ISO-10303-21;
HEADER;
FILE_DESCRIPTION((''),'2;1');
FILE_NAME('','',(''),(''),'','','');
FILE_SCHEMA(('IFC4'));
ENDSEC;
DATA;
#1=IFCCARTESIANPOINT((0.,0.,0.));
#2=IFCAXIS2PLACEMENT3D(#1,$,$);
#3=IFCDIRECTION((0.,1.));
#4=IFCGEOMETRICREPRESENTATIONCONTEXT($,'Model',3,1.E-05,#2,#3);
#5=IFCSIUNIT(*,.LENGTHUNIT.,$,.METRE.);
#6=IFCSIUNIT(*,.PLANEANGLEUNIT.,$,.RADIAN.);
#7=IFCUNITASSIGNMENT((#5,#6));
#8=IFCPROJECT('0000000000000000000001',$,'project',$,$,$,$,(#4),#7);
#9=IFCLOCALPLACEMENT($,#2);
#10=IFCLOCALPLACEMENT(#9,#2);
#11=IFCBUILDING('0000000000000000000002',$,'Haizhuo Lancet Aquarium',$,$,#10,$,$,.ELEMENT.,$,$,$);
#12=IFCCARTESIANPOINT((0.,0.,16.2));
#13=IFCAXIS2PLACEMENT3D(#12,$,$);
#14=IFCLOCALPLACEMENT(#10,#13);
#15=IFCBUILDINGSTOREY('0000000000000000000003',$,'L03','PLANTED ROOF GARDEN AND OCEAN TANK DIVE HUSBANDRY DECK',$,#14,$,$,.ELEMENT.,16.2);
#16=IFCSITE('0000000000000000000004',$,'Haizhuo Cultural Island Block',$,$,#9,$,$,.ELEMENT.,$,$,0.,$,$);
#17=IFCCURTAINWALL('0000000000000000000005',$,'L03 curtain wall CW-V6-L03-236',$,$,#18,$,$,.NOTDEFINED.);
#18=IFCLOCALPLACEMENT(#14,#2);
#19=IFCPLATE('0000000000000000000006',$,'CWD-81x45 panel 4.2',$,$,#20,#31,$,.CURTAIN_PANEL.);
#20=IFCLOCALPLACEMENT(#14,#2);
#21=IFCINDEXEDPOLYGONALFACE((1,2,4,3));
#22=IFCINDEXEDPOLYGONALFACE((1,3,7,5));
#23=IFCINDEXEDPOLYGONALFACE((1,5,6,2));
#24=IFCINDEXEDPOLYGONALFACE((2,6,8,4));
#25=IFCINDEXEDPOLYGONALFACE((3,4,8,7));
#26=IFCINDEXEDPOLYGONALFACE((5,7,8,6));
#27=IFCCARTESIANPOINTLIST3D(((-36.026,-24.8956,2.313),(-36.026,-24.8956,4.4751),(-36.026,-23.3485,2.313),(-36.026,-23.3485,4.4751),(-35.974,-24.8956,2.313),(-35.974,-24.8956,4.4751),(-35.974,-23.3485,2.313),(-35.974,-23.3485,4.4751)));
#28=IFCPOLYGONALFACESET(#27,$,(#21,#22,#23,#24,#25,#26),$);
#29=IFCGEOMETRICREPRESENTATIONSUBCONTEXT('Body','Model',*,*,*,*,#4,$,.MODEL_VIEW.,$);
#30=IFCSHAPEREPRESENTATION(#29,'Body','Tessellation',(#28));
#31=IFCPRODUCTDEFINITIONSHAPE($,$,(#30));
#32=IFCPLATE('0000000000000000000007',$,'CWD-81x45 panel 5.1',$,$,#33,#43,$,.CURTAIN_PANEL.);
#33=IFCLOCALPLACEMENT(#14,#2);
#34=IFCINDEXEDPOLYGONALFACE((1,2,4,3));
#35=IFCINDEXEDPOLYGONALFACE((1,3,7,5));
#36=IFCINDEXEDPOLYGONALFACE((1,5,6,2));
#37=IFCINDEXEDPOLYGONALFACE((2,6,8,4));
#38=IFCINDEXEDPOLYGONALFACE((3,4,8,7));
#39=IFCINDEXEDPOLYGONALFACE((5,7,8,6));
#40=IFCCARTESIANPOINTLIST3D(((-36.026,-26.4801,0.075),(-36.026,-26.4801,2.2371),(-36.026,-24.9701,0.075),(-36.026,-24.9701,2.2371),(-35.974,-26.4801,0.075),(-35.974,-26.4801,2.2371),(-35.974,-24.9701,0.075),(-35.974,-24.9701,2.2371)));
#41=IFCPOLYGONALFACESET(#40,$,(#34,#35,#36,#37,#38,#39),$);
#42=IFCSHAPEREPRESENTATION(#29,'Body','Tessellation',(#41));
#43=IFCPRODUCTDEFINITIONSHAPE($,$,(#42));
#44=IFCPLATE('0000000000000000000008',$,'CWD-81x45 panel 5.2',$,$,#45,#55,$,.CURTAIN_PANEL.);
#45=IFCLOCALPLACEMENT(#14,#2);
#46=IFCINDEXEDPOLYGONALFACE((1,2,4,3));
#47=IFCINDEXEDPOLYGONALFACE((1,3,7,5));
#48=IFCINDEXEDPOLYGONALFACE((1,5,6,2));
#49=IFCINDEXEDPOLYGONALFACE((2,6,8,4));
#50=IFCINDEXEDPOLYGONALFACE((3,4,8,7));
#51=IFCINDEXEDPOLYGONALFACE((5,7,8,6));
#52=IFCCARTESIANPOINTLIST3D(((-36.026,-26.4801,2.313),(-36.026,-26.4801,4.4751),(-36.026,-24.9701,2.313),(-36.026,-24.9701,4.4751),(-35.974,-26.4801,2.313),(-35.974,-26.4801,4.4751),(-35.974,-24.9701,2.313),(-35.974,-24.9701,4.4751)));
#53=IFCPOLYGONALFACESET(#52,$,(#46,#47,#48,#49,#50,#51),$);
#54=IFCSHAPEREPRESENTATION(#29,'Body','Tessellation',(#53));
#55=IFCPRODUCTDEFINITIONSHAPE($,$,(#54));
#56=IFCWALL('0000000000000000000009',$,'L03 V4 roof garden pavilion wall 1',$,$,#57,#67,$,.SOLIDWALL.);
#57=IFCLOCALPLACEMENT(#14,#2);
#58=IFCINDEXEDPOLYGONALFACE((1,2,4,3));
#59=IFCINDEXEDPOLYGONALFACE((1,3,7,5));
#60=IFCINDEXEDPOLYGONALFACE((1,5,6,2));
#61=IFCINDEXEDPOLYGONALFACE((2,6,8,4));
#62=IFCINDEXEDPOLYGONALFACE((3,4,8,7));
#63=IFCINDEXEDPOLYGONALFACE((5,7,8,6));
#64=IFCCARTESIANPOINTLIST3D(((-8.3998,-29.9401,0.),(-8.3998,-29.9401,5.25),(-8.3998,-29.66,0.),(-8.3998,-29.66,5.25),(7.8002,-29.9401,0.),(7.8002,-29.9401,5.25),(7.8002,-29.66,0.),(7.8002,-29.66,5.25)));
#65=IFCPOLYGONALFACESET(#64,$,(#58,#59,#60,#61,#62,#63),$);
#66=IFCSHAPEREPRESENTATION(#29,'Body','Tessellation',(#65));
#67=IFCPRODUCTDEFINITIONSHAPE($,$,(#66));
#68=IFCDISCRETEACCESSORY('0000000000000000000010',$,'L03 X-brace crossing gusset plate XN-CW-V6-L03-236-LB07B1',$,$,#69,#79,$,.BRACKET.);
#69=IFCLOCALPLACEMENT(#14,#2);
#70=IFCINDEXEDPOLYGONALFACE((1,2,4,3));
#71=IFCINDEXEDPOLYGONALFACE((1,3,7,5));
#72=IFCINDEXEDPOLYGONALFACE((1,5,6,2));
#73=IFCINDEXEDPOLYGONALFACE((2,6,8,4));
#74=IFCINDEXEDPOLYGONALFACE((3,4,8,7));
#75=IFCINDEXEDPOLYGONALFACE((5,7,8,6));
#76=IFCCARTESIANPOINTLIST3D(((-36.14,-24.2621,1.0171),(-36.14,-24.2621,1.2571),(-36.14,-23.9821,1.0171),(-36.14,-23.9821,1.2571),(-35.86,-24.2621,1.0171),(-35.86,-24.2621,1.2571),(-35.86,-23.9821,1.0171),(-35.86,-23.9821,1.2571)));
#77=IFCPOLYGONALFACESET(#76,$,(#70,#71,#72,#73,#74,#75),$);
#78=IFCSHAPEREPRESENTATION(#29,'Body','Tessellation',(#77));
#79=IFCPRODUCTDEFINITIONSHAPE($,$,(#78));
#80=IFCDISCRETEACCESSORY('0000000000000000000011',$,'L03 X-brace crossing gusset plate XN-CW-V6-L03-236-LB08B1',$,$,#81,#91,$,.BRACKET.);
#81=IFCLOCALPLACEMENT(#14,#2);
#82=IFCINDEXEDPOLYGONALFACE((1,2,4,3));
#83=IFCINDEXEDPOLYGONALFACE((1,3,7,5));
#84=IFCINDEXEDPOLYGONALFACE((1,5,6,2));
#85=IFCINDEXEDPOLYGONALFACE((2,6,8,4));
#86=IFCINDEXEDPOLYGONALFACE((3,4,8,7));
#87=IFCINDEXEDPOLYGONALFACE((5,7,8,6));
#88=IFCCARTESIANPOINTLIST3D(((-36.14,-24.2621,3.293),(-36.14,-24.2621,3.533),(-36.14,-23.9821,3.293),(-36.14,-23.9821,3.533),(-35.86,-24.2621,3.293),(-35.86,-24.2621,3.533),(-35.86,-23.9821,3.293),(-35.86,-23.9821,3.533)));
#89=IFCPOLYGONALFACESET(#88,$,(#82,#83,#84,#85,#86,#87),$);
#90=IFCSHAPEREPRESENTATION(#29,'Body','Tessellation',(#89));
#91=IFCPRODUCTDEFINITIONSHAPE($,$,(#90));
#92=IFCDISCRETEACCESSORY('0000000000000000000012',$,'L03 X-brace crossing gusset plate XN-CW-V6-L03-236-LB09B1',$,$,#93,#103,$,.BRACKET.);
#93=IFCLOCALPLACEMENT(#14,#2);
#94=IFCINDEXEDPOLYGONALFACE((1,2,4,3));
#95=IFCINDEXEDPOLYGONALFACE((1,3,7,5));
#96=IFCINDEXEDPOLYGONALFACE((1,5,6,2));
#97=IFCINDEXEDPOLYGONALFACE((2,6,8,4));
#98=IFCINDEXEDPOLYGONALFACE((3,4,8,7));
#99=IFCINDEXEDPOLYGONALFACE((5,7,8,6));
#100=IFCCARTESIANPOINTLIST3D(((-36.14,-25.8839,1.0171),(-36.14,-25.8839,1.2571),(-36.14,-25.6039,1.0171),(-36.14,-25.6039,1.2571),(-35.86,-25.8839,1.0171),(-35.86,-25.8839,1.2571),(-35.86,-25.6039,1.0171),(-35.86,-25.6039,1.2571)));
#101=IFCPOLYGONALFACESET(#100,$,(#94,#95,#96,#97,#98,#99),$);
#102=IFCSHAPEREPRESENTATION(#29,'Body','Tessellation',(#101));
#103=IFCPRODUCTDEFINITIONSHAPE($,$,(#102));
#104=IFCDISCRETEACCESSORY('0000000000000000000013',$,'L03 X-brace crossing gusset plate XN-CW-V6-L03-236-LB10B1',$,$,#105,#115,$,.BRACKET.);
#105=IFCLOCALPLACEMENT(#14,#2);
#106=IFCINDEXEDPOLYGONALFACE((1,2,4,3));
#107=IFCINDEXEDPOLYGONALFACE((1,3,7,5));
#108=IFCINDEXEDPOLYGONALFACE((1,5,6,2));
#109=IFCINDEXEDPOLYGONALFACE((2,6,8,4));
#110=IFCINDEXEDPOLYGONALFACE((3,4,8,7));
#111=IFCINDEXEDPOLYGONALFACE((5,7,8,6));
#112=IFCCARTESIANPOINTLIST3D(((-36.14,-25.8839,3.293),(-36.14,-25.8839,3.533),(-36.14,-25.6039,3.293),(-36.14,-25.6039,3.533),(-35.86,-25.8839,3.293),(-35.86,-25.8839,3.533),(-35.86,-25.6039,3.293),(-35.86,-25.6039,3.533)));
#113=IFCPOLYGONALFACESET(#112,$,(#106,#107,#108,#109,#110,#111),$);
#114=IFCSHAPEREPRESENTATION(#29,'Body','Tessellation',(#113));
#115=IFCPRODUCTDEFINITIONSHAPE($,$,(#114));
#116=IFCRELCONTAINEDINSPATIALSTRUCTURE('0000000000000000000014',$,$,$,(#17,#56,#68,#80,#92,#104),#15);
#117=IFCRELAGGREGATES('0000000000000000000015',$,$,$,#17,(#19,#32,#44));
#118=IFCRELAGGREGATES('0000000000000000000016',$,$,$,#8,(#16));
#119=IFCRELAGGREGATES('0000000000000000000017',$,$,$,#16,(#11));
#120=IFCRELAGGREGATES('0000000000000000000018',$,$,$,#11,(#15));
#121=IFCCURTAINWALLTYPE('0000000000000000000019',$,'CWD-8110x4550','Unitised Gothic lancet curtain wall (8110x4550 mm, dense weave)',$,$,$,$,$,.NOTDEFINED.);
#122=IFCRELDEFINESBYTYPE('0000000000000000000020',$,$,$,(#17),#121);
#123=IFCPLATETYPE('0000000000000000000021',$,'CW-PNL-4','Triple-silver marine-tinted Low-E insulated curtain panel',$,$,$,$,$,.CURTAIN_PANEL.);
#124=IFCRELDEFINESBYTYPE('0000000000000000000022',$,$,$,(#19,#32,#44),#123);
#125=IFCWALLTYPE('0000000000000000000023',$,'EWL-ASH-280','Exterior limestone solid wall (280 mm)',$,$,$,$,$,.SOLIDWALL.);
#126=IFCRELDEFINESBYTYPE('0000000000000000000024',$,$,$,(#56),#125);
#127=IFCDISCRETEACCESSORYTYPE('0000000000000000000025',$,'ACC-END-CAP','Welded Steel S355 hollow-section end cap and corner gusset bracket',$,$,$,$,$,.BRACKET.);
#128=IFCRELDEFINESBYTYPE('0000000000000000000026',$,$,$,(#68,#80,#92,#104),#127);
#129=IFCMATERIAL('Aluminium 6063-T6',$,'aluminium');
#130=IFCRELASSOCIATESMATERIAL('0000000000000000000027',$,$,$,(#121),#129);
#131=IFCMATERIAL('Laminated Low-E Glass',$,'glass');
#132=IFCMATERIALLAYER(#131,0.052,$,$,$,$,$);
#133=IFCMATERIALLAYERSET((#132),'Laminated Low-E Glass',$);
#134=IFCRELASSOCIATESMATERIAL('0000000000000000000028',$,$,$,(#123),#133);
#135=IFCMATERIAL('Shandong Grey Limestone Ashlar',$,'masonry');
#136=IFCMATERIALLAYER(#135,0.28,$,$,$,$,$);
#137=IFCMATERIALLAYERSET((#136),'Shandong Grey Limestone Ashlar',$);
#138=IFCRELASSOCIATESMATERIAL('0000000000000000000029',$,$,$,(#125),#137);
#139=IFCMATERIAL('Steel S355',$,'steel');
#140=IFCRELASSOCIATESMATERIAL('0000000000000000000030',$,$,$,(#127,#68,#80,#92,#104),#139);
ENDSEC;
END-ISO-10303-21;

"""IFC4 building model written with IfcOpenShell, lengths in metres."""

from ifc_helpers import new_model, si_unit, direction, frame, frame_2d, origin, origin_2d, place, context, subcontext, project, spatial, rectangle, extrude, material, layer, layer_set, type_object, element, aggregate, save


model = new_model("IFC4")

# Units and contexts
model_context = context("Model", 3, precision=1e-05, world=origin(), true_north=direction((0.0, 1.0)))
body_context = subcontext(model_context, "Body", "Model", "MODEL_VIEW")
ifc_project = project(units=[si_unit("LENGTHUNIT", "METRE"), si_unit("PLANEANGLEUNIT", "RADIAN")], contexts=[model_context])

# Site, building, storey
site_placement = place(None, origin())
site = spatial("IfcSite", under=ifc_project, at=site_placement, Name="Haizhuo Cultural Island Block", CompositionType="ELEMENT", RefElevation=0.0)
building_placement = place(site_placement, origin())
building = spatial("IfcBuilding", under=site, at=building_placement, Name="Haizhuo Lancet Aquarium", CompositionType="ELEMENT")
storey_placement = place(building_placement, frame((0.0, 0.0, 16.2)))
storey = spatial("IfcBuildingStorey", under=building, at=storey_placement, Name="L03", Description="PLANTED ROOF GARDEN AND OCEAN TANK DIVE HUSBANDRY DECK", CompositionType="ELEMENT", Elevation=16.2)

# Curtain wall
ifc_material_1 = material(Name="Aluminium 6063-T6", Category="aluminium")
curtain_wall_type = type_object("IfcCurtainWallType", Name="CWD-8110x4550", Description="Unitised Gothic lancet curtain wall (8110x4550 mm, dense weave)", PredefinedType="NOTDEFINED", material=ifc_material_1)
curtain_wall_placement = place(storey_placement, origin())
curtain_wall = element("IfcCurtainWall", 1, at=curtain_wall_placement, inside=storey, type_object=curtain_wall_type, Name="L03 curtain wall CW-V6-L03-236", PredefinedType="NOTDEFINED")

# Shared definitions
ifc_material_2 = material(Name="Steel S355", Category="steel")

# Plates
ifc_material_3 = material(Name="Laminated Low-E Glass", Category="glass")
ifc_layer_1 = layer(ifc_material_3, 0.052)
ifc_layer_set_1 = layer_set([ifc_layer_1], Name="Laminated Low-E Glass")
plate_type = type_object("IfcPlateType", Name="CW-PNL-4", Description="Triple-silver marine-tinted Low-E insulated curtain panel", PredefinedType="CURTAIN_PANEL", material=ifc_layer_set_1)
plate_1_placement = place(storey_placement, frame((-36.0, -24.1221, 2.313), z_axis=(0.0, 0.0, 1.0), x_axis=(0.0, -1.0, 0.0)))
plate_1 = element("IfcPlate", 2, at=plate_1_placement, type_object=plate_type, Name="CWD-81x45 panel 4.2", PredefinedType="CURTAIN_PANEL", context=body_context, shape_type="SweptSolid", body=[
    extrude(rectangle(XDim=1.5471, YDim=0.052, at=origin_2d()), origin(), (0.0, 0.0, 1.0), 2.1621),
])
plate_2_placement = place(storey_placement, frame((-36.0, -25.7251, 0.075), z_axis=(0.0, 0.0, 1.0), x_axis=(0.0, -1.0, 0.0)))
plate_2 = element("IfcPlate", 3, at=plate_2_placement, type_object=plate_type, Name="CWD-81x45 panel 5.1", PredefinedType="CURTAIN_PANEL", context=body_context, shape_type="SweptSolid", body=[
    extrude(rectangle(XDim=1.51, YDim=0.052, at=origin_2d()), origin(), (0.0, 0.0, 1.0), 2.1621),
])
plate_3_placement = place(storey_placement, frame((-36.0, -25.7251, 2.313), z_axis=(0.0, 0.0, 1.0), x_axis=(0.0, -1.0, 0.0)))
plate_3 = element("IfcPlate", 4, at=plate_3_placement, type_object=plate_type, Name="CWD-81x45 panel 5.2", PredefinedType="CURTAIN_PANEL", context=body_context, shape_type="SweptSolid", body=[
    extrude(rectangle(XDim=1.51, YDim=0.052, at=origin_2d()), origin(), (0.0, 0.0, 1.0), 2.1621),
])
aggregate(curtain_wall, [plate_1, plate_2, plate_3])

# Wall
ifc_material_4 = material(Name="Shandong Grey Limestone Ashlar", Category="masonry")
ifc_layer_2 = layer(ifc_material_4, 0.28)
ifc_layer_set_2 = layer_set([ifc_layer_2], Name="Shandong Grey Limestone Ashlar")
wall_type = type_object("IfcWallType", Name="EWL-ASH-280", Description="Exterior limestone solid wall (280 mm)", PredefinedType="SOLIDWALL", material=ifc_layer_set_2)
wall_placement = place(storey_placement, frame((-8.3999, -29.8, 0.0), z_axis=(0.0, 0.0, 1.0), x_axis=(1.0, 0.0, 0.0)))
element("IfcWall", 5, at=wall_placement, inside=storey, type_object=wall_type, Name="L03 V4 roof garden pavilion wall 1", PredefinedType="SOLIDWALL", context=body_context, shape_type="SweptSolid", body=[
    extrude(rectangle(XDim=16.2, YDim=0.28, at=frame_2d((8.1001, 0.0))), origin(), (0.0, 0.0, 1.0), 5.25),
])

# Discrete accessories
discrete_accessory_type = type_object("IfcDiscreteAccessoryType", Name="ACC-END-CAP", Description="Welded Steel S355 hollow-section end cap and corner gusset bracket", PredefinedType="BRACKET", material=ifc_material_2)
for number, where, z_axis, x_axis, name in (
    (6, (-36.0, -24.1221, 1.0171), (0.0, 0.0, 1.0), (1.0, 0.0, 0.0), "L03 X-brace crossing gusset plate XN-CW-V6-L03-236-LB07B1"),
    (7, (-36.0, -24.1221, 3.293), (0.0, 0.0, 1.0), (1.0, 0.0, 0.0), "L03 X-brace crossing gusset plate XN-CW-V6-L03-236-LB08B1"),
    (8, (-36.0, -25.7439, 1.0171), (0.0, 0.0, 1.0), (1.0, 0.0, 0.0), "L03 X-brace crossing gusset plate XN-CW-V6-L03-236-LB09B1"),
    (9, (-36.0, -25.7439, 3.293), (0.0, 0.0, 1.0), (1.0, 0.0, 0.0), "L03 X-brace crossing gusset plate XN-CW-V6-L03-236-LB10B1"),
):
    element("IfcDiscreteAccessory", number, at=place(storey_placement, frame(where, z_axis=z_axis, x_axis=x_axis)), inside=storey, type_object=discrete_accessory_type, material=ifc_material_2, Name=name, PredefinedType="BRACKET", context=body_context, shape_type="SweptSolid", body=[
        extrude(rectangle(XDim=0.28, YDim=0.28, at=origin_2d()), origin(), (0.0, 0.0, 1.0), 0.24),
    ])

save(model, "model.ifc")
